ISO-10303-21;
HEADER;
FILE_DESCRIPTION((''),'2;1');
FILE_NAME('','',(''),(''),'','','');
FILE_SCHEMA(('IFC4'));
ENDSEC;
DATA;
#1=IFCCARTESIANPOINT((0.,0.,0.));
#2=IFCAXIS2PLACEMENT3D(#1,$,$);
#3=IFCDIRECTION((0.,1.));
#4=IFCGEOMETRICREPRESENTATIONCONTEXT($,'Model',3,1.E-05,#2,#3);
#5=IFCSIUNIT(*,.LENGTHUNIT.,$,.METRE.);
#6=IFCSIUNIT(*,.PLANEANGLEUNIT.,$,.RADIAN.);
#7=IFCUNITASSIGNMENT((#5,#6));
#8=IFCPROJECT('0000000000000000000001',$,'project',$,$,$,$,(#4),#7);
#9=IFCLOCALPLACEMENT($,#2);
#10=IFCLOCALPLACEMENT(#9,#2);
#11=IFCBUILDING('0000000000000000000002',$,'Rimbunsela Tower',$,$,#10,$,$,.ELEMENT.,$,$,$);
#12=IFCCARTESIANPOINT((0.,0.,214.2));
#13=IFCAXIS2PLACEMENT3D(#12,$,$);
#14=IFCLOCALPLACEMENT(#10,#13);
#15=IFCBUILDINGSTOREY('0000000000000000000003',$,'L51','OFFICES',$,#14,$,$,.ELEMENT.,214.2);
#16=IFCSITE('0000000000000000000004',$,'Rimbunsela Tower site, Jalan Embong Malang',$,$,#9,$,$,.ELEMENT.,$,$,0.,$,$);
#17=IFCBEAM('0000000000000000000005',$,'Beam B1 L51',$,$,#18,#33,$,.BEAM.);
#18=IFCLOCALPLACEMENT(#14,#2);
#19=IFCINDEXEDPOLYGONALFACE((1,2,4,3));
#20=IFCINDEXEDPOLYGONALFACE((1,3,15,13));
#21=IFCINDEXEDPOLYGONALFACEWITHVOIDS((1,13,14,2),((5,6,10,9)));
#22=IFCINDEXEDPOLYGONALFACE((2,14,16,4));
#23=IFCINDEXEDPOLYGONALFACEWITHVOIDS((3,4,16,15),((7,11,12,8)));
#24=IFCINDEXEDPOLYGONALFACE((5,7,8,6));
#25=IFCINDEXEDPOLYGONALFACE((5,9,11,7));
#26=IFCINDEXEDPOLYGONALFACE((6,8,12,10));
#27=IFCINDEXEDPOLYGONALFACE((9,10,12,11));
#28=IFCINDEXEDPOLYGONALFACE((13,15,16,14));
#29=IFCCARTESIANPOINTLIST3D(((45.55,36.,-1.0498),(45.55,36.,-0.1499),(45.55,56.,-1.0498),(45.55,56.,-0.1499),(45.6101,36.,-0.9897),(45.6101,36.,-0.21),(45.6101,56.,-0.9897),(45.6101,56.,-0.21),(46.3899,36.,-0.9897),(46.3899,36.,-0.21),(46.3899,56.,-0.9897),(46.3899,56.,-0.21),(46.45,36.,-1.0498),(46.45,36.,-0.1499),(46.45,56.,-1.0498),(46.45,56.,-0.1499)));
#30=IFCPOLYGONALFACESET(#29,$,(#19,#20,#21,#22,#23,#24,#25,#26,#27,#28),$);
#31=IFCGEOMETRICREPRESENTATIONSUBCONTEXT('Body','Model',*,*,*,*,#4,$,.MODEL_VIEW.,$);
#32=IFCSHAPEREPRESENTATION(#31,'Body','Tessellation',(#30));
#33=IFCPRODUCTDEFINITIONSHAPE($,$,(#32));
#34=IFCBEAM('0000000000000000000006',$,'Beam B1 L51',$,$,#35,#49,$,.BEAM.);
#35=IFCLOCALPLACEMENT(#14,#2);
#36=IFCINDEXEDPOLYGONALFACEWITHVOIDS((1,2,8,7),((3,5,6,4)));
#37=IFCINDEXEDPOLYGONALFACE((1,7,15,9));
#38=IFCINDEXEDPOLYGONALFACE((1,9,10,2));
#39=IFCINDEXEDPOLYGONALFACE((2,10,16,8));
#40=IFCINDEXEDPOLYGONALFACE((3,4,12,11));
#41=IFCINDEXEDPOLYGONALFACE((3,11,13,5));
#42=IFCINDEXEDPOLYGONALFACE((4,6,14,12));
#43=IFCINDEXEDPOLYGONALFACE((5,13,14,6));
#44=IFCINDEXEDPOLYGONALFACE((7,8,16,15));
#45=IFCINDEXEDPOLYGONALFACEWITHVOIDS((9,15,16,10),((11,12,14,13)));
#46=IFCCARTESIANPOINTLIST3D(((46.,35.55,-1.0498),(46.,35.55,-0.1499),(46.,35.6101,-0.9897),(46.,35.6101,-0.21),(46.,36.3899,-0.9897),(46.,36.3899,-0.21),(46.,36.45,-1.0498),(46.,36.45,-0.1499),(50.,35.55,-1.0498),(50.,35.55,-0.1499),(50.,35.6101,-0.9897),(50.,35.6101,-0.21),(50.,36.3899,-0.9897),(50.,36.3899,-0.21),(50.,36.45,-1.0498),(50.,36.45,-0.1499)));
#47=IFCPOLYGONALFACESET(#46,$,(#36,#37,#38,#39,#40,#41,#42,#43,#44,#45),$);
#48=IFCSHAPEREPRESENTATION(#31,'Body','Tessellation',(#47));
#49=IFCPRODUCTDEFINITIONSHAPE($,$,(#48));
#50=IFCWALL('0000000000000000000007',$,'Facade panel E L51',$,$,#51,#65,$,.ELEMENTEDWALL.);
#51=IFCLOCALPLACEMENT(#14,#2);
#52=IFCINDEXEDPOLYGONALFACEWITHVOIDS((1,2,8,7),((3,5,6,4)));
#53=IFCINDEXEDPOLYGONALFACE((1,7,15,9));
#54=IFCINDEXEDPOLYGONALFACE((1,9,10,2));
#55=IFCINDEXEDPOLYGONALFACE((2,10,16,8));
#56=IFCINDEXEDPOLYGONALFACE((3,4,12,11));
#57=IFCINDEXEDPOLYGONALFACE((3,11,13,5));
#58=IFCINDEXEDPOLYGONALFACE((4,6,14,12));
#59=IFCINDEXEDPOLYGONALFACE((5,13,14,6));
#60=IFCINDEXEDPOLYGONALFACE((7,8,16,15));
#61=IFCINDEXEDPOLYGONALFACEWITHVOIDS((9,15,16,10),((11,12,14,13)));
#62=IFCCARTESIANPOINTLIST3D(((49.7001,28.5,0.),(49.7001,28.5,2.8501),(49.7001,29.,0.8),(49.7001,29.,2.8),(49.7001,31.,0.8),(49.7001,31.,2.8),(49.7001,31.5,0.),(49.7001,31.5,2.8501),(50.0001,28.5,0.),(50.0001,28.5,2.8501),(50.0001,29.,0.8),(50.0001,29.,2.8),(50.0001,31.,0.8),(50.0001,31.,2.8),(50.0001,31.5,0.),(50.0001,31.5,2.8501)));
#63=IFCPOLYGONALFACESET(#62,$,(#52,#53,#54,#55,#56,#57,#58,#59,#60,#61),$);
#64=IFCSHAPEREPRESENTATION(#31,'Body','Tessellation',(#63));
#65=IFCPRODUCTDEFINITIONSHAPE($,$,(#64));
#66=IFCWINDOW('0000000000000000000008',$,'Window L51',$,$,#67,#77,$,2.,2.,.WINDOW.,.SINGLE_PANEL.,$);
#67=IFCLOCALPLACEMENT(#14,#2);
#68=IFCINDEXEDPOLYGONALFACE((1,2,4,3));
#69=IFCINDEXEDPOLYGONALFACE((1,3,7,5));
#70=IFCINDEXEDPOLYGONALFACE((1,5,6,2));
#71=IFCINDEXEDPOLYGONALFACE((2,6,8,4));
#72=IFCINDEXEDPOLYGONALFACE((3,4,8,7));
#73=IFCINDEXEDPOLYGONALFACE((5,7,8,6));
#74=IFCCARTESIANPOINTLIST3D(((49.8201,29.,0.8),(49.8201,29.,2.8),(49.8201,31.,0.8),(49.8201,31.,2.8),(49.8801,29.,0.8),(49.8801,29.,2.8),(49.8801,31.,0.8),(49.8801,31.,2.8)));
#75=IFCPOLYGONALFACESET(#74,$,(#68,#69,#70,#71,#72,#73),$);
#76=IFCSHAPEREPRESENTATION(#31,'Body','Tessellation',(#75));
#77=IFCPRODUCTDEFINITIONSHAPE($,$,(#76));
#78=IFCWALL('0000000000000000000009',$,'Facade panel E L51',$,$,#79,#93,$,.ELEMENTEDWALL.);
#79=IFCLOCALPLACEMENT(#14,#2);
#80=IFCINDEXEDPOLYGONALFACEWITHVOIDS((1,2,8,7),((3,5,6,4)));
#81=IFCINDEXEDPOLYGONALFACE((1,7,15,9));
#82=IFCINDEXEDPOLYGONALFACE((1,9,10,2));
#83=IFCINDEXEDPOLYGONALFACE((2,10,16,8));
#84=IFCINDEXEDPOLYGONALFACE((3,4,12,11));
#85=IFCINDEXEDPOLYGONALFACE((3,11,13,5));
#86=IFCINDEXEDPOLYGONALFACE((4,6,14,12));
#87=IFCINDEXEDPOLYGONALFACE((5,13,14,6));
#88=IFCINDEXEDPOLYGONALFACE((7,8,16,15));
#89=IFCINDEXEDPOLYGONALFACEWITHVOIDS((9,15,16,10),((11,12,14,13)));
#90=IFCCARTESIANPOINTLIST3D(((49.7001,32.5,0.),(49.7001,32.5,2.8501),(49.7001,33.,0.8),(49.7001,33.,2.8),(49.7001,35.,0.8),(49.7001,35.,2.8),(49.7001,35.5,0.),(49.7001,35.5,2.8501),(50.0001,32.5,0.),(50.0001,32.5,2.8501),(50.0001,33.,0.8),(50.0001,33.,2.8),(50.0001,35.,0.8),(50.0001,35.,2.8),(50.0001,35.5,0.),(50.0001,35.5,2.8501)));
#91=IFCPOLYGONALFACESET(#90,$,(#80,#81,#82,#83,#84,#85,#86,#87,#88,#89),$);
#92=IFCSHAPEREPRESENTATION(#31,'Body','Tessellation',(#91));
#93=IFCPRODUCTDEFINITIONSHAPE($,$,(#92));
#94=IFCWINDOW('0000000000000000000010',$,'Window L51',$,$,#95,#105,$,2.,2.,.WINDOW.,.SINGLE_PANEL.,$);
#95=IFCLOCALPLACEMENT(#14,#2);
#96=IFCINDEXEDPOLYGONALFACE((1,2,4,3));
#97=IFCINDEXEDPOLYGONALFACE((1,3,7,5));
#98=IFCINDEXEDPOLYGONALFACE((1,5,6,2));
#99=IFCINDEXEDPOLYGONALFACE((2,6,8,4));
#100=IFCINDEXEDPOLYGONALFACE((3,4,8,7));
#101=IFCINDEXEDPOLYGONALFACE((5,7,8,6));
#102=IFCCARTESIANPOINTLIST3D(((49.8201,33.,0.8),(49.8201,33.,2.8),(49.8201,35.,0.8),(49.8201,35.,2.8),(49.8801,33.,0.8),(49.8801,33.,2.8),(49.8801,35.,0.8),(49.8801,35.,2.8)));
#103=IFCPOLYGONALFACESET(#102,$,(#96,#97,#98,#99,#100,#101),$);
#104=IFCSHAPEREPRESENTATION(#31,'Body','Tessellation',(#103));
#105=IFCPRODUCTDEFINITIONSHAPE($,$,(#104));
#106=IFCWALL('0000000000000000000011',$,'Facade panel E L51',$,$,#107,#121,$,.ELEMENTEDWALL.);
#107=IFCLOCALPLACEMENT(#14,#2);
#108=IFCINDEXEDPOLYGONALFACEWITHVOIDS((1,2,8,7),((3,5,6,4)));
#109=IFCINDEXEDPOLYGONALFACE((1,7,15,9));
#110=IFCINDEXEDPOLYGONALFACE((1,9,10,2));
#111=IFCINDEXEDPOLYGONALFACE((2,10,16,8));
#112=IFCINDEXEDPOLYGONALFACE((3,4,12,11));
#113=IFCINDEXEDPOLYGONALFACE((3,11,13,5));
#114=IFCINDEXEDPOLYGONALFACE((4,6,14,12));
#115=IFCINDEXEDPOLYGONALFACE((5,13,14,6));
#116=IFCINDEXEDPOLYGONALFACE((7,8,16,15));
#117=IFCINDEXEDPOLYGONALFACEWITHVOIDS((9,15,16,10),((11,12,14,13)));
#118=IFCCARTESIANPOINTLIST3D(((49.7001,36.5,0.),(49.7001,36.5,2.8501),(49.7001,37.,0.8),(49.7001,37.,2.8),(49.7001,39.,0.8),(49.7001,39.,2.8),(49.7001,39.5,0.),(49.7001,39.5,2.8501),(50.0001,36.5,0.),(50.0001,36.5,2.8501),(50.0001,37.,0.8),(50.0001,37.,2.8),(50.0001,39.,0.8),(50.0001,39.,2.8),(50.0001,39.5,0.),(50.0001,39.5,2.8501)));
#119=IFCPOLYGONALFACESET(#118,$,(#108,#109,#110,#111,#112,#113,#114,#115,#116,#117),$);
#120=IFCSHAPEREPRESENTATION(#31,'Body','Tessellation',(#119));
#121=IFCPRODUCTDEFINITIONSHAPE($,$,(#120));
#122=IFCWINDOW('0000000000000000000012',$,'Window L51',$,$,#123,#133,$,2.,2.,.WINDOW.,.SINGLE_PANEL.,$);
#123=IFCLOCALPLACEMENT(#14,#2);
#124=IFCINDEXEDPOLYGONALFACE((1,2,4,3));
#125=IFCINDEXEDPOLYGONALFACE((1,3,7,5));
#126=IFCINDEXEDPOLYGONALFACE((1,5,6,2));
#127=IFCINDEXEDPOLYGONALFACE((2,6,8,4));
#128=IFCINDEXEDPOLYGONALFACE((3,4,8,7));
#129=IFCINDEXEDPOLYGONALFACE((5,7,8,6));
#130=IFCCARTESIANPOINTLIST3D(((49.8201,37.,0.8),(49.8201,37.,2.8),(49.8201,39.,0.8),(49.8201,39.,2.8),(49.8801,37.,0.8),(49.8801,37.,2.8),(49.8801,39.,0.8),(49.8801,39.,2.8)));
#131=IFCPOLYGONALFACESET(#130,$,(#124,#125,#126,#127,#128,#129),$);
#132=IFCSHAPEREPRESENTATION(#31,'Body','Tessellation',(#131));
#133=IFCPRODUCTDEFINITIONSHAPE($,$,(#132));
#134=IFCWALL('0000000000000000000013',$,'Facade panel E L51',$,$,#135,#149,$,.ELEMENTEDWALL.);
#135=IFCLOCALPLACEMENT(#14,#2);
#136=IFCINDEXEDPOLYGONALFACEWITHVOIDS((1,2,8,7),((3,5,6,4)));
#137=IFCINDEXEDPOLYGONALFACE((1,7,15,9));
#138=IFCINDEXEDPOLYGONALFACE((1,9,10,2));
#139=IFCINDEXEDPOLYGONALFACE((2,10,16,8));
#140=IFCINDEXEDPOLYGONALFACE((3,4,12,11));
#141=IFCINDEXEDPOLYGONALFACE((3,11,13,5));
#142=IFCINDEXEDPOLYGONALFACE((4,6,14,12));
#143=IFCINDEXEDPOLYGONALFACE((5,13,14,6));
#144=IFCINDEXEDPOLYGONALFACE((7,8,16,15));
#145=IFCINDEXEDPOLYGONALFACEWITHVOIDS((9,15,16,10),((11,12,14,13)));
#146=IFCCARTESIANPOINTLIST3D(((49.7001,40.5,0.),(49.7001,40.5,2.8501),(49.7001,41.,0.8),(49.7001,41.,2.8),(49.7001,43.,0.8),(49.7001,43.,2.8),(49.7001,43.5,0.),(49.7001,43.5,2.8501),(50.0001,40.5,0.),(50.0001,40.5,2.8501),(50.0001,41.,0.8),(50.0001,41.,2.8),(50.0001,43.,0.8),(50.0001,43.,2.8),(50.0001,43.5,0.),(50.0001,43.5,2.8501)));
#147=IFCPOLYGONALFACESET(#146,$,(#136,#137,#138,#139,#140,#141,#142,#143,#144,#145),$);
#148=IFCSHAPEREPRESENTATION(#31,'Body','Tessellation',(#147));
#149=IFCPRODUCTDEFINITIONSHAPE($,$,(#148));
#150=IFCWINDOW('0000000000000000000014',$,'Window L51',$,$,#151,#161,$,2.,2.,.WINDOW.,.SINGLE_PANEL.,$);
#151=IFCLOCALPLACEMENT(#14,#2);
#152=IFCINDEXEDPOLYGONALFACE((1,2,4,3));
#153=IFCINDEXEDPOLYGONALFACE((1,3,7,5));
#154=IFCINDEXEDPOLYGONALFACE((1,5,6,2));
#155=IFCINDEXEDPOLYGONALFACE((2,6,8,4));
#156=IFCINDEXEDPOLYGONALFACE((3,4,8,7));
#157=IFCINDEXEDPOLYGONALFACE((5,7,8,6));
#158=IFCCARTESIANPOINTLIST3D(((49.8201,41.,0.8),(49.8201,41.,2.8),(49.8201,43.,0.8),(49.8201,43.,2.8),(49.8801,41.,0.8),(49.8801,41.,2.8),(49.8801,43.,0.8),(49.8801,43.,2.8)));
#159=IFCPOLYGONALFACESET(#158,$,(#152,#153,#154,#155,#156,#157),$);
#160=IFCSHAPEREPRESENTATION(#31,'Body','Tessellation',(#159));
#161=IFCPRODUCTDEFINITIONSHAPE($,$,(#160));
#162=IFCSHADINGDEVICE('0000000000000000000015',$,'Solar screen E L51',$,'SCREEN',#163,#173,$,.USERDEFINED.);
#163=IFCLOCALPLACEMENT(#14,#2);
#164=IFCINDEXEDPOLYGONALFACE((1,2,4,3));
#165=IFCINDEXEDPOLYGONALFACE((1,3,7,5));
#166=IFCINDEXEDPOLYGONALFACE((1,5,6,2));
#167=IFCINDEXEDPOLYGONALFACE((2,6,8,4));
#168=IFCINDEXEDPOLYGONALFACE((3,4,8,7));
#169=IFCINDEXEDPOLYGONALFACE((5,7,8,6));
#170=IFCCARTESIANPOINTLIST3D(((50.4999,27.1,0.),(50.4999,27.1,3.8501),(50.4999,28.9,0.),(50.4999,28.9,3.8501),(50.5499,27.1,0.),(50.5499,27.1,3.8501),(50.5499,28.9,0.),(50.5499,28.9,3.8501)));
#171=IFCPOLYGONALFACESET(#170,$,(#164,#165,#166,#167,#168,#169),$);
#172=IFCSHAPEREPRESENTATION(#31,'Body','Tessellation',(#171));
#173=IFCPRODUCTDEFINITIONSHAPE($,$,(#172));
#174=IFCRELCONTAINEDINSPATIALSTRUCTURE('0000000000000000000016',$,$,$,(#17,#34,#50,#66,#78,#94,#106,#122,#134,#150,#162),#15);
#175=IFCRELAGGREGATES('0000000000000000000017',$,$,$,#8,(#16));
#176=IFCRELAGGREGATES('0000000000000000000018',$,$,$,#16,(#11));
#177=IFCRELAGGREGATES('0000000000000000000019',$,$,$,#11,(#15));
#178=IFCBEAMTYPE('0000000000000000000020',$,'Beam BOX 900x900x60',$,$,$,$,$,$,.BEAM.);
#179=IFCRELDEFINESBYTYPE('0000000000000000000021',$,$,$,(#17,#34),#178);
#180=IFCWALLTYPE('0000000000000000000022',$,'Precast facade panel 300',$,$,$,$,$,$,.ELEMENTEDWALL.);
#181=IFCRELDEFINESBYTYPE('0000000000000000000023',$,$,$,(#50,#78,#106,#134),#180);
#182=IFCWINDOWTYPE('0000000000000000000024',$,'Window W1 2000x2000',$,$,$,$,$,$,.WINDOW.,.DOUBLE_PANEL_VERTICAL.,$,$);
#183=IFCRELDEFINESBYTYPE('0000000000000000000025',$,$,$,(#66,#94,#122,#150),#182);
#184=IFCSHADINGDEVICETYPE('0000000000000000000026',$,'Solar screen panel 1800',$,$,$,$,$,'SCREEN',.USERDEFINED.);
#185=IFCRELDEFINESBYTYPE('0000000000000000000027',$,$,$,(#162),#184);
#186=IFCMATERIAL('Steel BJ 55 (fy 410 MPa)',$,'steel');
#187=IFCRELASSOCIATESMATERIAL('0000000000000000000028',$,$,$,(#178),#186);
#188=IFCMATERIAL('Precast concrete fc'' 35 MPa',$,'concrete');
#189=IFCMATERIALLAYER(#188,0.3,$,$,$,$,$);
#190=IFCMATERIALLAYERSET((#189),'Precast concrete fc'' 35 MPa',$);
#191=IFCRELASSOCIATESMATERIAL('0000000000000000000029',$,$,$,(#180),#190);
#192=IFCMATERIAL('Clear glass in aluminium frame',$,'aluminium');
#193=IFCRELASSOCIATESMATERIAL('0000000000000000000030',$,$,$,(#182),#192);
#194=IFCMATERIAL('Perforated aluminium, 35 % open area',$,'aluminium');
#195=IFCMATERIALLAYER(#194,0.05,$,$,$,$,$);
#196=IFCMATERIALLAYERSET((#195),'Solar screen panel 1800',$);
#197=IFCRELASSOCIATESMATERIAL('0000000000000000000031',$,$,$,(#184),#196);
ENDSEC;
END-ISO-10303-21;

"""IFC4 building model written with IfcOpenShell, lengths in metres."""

from ifc_helpers import new_model, si_unit, direction, frame, frame_2d, origin, origin_2d, place, context, subcontext, project, spatial, rectangle, hollow_rectangle, extrude, material, layer, layer_set, material_profile, profile_set, type_object, element, fill, save


model = new_model("IFC4")

# Units and contexts
model_context = context("Model", 3, precision=1e-05, world=origin(), true_north=direction((0.0, 1.0)))
body_context = subcontext(model_context, "Body", "Model", "MODEL_VIEW")
ifc_project = project(units=[si_unit("LENGTHUNIT", "METRE"), si_unit("PLANEANGLEUNIT", "RADIAN")], contexts=[model_context])

# Site, building, storey
site_placement = place(None, origin())
site = spatial("IfcSite", under=ifc_project, at=site_placement, Name="Rimbunsela Tower site, Jalan Embong Malang", CompositionType="ELEMENT", RefElevation=0.0)
building_placement = place(site_placement, origin())
building = spatial("IfcBuilding", under=site, at=building_placement, Name="Rimbunsela Tower", CompositionType="ELEMENT")
storey_placement = place(building_placement, frame((0.0, 0.0, 214.2)))
storey = spatial("IfcBuildingStorey", under=building, at=storey_placement, Name="L51", Description="OFFICES", CompositionType="ELEMENT", Elevation=214.2)

# Beams
ifc_material_1 = material(Name="Steel BJ 55 (fy 410 MPa)", Category="steel")
ifc_material_profile_1 = material_profile(ifc_material_1, hollow_rectangle(XDim=0.8999, YDim=0.8999, WallThickness=0.0601, at=origin_2d()), Name="BOX 900x900x60")
ifc_profile_set_1 = profile_set([ifc_material_profile_1], Name="Steel BJ 55 (fy 410 MPa)")
beam_type_1 = type_object("IfcBeamType", Name="Beam BOX 900x900x60", PredefinedType="BEAM", material=ifc_profile_set_1)
beam_1_placement = place(storey_placement, frame((46.0, 36.0, -0.5999), z_axis=(0.0, 1.0, 0.0), x_axis=(-1.0, 0.0, 0.0)))
element("IfcBeam", 1, at=beam_1_placement, inside=storey, type_object=beam_type_1, Name="Beam B1 L51", PredefinedType="BEAM", context=body_context, shape_type="SweptSolid", body=[
    extrude(hollow_rectangle(XDim=0.8999, YDim=0.8999, WallThickness=0.0601, at=origin_2d()), origin(), (0.0, 0.0, 1.0), 20.0),
])
beam_2_placement = place(storey_placement, frame((46.0, 36.0, -0.5999), z_axis=(1.0, 0.0, 0.0), x_axis=(0.0, 1.0, 0.0)))
element("IfcBeam", 2, at=beam_2_placement, inside=storey, type_object=beam_type_1, Name="Beam B1 L51", PredefinedType="BEAM", context=body_context, shape_type="SweptSolid", body=[
    extrude(hollow_rectangle(XDim=0.8999, YDim=0.8999, WallThickness=0.0601, at=origin_2d()), origin(), (0.0, 0.0, 1.0), 4.0),
])

# Walls, openings, windows
ifc_material_2 = material(Name="Precast concrete fc' 35 MPa", Category="concrete")
ifc_layer_1 = layer(ifc_material_2, 0.3)
ifc_layer_set_1 = layer_set([ifc_layer_1], Name="Precast concrete fc' 35 MPa")
wall_type = type_object("IfcWallType", Name="Precast facade panel 300", PredefinedType="ELEMENTEDWALL", material=ifc_layer_set_1)
wall_1_placement = place(storey_placement, frame((49.8501, 28.5, 0.0), z_axis=(0.0, 0.0, 1.0), x_axis=(0.0, 1.0, 0.0)))
wall_1 = element("IfcWall", 3, at=wall_1_placement, inside=storey, type_object=wall_type, Name="Facade panel E L51", PredefinedType="ELEMENTEDWALL", context=body_context, shape_type="SweptSolid", body=[
    extrude(rectangle(XDim=3.0, YDim=0.3, at=frame_2d((1.5, 0.0))), origin(), (0.0, 0.0, 1.0), 2.8501),
])
opening_1_placement = place(wall_1_placement, frame((0.5, 0.0, 0.8)))
opening_1 = element("IfcOpeningElement", 4, at=opening_1_placement, cuts=wall_1, PredefinedType="OPENING", context=body_context, shape_type="SweptSolid", body=[
    extrude(rectangle(XDim=2.0, YDim=2.0, at=frame_2d((1.0, 1.0))), frame((0.0, 0.1599, 0.0), z_axis=(0.0, -1.0, 0.0), x_axis=(1.0, 0.0, 0.0)), (0.0, 0.0, 1.0), 0.3201),
])
ifc_material_3 = material(Name="Clear glass in aluminium frame", Category="aluminium")
window_type = type_object("IfcWindowType", Name="Window W1 2000x2000", PartitioningType="DOUBLE_PANEL_VERTICAL", PredefinedType="WINDOW", material=ifc_material_3)
window_1_placement = place(opening_1_placement, origin())
window_1 = element("IfcWindow", 5, at=window_1_placement, inside=storey, type_object=window_type, Name="Window L51", OverallHeight=2.0, OverallWidth=2.0, PartitioningType="SINGLE_PANEL", PredefinedType="WINDOW", context=body_context, shape_type="SweptSolid", body=[
    extrude(rectangle(XDim=2.0, YDim=2.0, at=frame_2d((1.0, 1.0))), frame((0.0, 0.03, 0.0), z_axis=(0.0, -1.0, 0.0), x_axis=(1.0, 0.0, 0.0)), (0.0, 0.0, 1.0), 0.0601),
])
fill(opening_1, window_1)
wall_2_placement = place(storey_placement, frame((49.8501, 32.5, 0.0), z_axis=(0.0, 0.0, 1.0), x_axis=(0.0, 1.0, 0.0)))
wall_2 = element("IfcWall", 6, at=wall_2_placement, inside=storey, type_object=wall_type, Name="Facade panel E L51", PredefinedType="ELEMENTEDWALL", context=body_context, shape_type="SweptSolid", body=[
    extrude(rectangle(XDim=3.0, YDim=0.3, at=frame_2d((1.5, 0.0))), origin(), (0.0, 0.0, 1.0), 2.8501),
])
opening_2_placement = place(wall_2_placement, frame((0.5, 0.0, 0.8)))
opening_2 = element("IfcOpeningElement", 7, at=opening_2_placement, cuts=wall_2, PredefinedType="OPENING", context=body_context, shape_type="SweptSolid", body=[
    extrude(rectangle(XDim=2.0, YDim=2.0, at=frame_2d((1.0, 1.0))), frame((0.0, 0.1599, 0.0), z_axis=(0.0, -1.0, 0.0), x_axis=(1.0, 0.0, 0.0)), (0.0, 0.0, 1.0), 0.3201),
])
window_2_placement = place(opening_2_placement, origin())
window_2 = element("IfcWindow", 8, at=window_2_placement, inside=storey, type_object=window_type, Name="Window L51", OverallHeight=2.0, OverallWidth=2.0, PartitioningType="SINGLE_PANEL", PredefinedType="WINDOW", context=body_context, shape_type="SweptSolid", body=[
    extrude(rectangle(XDim=2.0, YDim=2.0, at=frame_2d((1.0, 1.0))), frame((0.0, 0.03, 0.0), z_axis=(0.0, -1.0, 0.0), x_axis=(1.0, 0.0, 0.0)), (0.0, 0.0, 1.0), 0.0601),
])
fill(opening_2, window_2)
wall_3_placement = place(storey_placement, frame((49.8501, 36.5, 0.0), z_axis=(0.0, 0.0, 1.0), x_axis=(0.0, 1.0, 0.0)))
wall_3 = element("IfcWall", 9, at=wall_3_placement, inside=storey, type_object=wall_type, Name="Facade panel E L51", PredefinedType="ELEMENTEDWALL", context=body_context, shape_type="SweptSolid", body=[
    extrude(rectangle(XDim=3.0, YDim=0.3, at=frame_2d((1.5, 0.0))), origin(), (0.0, 0.0, 1.0), 2.8501),
])
opening_3_placement = place(wall_3_placement, frame((0.5, 0.0, 0.8)))
opening_3 = element("IfcOpeningElement", 10, at=opening_3_placement, cuts=wall_3, PredefinedType="OPENING", context=body_context, shape_type="SweptSolid", body=[
    extrude(rectangle(XDim=2.0, YDim=2.0, at=frame_2d((1.0, 1.0))), frame((0.0, 0.1599, 0.0), z_axis=(0.0, -1.0, 0.0), x_axis=(1.0, 0.0, 0.0)), (0.0, 0.0, 1.0), 0.3201),
])
window_3_placement = place(opening_3_placement, origin())
window_3 = element("IfcWindow", 11, at=window_3_placement, inside=storey, type_object=window_type, Name="Window L51", OverallHeight=2.0, OverallWidth=2.0, PartitioningType="SINGLE_PANEL", PredefinedType="WINDOW", context=body_context, shape_type="SweptSolid", body=[
    extrude(rectangle(XDim=2.0, YDim=2.0, at=frame_2d((1.0, 1.0))), frame((0.0, 0.03, 0.0), z_axis=(0.0, -1.0, 0.0), x_axis=(1.0, 0.0, 0.0)), (0.0, 0.0, 1.0), 0.0601),
])
fill(opening_3, window_3)
wall_4_placement = place(storey_placement, frame((49.8501, 40.5, 0.0), z_axis=(0.0, 0.0, 1.0), x_axis=(0.0, 1.0, 0.0)))
wall_4 = element("IfcWall", 12, at=wall_4_placement, inside=storey, type_object=wall_type, Name="Facade panel E L51", PredefinedType="ELEMENTEDWALL", context=body_context, shape_type="SweptSolid", body=[
    extrude(rectangle(XDim=3.0, YDim=0.3, at=frame_2d((1.5, 0.0))), origin(), (0.0, 0.0, 1.0), 2.8501),
])
opening_4_placement = place(wall_4_placement, frame((0.5, 0.0, 0.8)))
opening_4 = element("IfcOpeningElement", 13, at=opening_4_placement, cuts=wall_4, PredefinedType="OPENING", context=body_context, shape_type="SweptSolid", body=[
    extrude(rectangle(XDim=2.0, YDim=2.0, at=frame_2d((1.0, 1.0))), frame((0.0, 0.1599, 0.0), z_axis=(0.0, -1.0, 0.0), x_axis=(1.0, 0.0, 0.0)), (0.0, 0.0, 1.0), 0.3201),
])
window_4_placement = place(opening_4_placement, origin())
window_4 = element("IfcWindow", 14, at=window_4_placement, inside=storey, type_object=window_type, Name="Window L51", OverallHeight=2.0, OverallWidth=2.0, PartitioningType="SINGLE_PANEL", PredefinedType="WINDOW", context=body_context, shape_type="SweptSolid", body=[
    extrude(rectangle(XDim=2.0, YDim=2.0, at=frame_2d((1.0, 1.0))), frame((0.0, 0.03, 0.0), z_axis=(0.0, -1.0, 0.0), x_axis=(1.0, 0.0, 0.0)), (0.0, 0.0, 1.0), 0.0601),
])
fill(opening_4, window_4)

# Shading device
ifc_material_4 = material(Name="Perforated aluminium, 35 % open area", Category="aluminium")
ifc_layer_2 = layer(ifc_material_4, 0.05)
ifc_layer_set_2 = layer_set([ifc_layer_2], Name="Solar screen panel 1800")
shading_device_type = type_object("IfcShadingDeviceType", Name="Solar screen panel 1800", ElementType="SCREEN", PredefinedType="USERDEFINED", material=ifc_layer_set_2)
for number, where, z_axis, x_axis, name in (
    (15, (50.5249, 28.0, 0.0), (0.0, 0.0, 1.0), (0.0, 1.0, 0.0), "Solar screen E L51"),
):
    element("IfcShadingDevice", number, at=place(storey_placement, frame(where, z_axis=z_axis, x_axis=x_axis)), inside=storey, type_object=shading_device_type, Name=name, ObjectType="SCREEN", PredefinedType="USERDEFINED", context=body_context, shape_type="SweptSolid", body=[
        extrude(rectangle(XDim=1.8, YDim=0.05, at=origin_2d()), origin(), (0.0, 0.0, 1.0), 3.8501),
    ])

save(model, "model.ifc")
